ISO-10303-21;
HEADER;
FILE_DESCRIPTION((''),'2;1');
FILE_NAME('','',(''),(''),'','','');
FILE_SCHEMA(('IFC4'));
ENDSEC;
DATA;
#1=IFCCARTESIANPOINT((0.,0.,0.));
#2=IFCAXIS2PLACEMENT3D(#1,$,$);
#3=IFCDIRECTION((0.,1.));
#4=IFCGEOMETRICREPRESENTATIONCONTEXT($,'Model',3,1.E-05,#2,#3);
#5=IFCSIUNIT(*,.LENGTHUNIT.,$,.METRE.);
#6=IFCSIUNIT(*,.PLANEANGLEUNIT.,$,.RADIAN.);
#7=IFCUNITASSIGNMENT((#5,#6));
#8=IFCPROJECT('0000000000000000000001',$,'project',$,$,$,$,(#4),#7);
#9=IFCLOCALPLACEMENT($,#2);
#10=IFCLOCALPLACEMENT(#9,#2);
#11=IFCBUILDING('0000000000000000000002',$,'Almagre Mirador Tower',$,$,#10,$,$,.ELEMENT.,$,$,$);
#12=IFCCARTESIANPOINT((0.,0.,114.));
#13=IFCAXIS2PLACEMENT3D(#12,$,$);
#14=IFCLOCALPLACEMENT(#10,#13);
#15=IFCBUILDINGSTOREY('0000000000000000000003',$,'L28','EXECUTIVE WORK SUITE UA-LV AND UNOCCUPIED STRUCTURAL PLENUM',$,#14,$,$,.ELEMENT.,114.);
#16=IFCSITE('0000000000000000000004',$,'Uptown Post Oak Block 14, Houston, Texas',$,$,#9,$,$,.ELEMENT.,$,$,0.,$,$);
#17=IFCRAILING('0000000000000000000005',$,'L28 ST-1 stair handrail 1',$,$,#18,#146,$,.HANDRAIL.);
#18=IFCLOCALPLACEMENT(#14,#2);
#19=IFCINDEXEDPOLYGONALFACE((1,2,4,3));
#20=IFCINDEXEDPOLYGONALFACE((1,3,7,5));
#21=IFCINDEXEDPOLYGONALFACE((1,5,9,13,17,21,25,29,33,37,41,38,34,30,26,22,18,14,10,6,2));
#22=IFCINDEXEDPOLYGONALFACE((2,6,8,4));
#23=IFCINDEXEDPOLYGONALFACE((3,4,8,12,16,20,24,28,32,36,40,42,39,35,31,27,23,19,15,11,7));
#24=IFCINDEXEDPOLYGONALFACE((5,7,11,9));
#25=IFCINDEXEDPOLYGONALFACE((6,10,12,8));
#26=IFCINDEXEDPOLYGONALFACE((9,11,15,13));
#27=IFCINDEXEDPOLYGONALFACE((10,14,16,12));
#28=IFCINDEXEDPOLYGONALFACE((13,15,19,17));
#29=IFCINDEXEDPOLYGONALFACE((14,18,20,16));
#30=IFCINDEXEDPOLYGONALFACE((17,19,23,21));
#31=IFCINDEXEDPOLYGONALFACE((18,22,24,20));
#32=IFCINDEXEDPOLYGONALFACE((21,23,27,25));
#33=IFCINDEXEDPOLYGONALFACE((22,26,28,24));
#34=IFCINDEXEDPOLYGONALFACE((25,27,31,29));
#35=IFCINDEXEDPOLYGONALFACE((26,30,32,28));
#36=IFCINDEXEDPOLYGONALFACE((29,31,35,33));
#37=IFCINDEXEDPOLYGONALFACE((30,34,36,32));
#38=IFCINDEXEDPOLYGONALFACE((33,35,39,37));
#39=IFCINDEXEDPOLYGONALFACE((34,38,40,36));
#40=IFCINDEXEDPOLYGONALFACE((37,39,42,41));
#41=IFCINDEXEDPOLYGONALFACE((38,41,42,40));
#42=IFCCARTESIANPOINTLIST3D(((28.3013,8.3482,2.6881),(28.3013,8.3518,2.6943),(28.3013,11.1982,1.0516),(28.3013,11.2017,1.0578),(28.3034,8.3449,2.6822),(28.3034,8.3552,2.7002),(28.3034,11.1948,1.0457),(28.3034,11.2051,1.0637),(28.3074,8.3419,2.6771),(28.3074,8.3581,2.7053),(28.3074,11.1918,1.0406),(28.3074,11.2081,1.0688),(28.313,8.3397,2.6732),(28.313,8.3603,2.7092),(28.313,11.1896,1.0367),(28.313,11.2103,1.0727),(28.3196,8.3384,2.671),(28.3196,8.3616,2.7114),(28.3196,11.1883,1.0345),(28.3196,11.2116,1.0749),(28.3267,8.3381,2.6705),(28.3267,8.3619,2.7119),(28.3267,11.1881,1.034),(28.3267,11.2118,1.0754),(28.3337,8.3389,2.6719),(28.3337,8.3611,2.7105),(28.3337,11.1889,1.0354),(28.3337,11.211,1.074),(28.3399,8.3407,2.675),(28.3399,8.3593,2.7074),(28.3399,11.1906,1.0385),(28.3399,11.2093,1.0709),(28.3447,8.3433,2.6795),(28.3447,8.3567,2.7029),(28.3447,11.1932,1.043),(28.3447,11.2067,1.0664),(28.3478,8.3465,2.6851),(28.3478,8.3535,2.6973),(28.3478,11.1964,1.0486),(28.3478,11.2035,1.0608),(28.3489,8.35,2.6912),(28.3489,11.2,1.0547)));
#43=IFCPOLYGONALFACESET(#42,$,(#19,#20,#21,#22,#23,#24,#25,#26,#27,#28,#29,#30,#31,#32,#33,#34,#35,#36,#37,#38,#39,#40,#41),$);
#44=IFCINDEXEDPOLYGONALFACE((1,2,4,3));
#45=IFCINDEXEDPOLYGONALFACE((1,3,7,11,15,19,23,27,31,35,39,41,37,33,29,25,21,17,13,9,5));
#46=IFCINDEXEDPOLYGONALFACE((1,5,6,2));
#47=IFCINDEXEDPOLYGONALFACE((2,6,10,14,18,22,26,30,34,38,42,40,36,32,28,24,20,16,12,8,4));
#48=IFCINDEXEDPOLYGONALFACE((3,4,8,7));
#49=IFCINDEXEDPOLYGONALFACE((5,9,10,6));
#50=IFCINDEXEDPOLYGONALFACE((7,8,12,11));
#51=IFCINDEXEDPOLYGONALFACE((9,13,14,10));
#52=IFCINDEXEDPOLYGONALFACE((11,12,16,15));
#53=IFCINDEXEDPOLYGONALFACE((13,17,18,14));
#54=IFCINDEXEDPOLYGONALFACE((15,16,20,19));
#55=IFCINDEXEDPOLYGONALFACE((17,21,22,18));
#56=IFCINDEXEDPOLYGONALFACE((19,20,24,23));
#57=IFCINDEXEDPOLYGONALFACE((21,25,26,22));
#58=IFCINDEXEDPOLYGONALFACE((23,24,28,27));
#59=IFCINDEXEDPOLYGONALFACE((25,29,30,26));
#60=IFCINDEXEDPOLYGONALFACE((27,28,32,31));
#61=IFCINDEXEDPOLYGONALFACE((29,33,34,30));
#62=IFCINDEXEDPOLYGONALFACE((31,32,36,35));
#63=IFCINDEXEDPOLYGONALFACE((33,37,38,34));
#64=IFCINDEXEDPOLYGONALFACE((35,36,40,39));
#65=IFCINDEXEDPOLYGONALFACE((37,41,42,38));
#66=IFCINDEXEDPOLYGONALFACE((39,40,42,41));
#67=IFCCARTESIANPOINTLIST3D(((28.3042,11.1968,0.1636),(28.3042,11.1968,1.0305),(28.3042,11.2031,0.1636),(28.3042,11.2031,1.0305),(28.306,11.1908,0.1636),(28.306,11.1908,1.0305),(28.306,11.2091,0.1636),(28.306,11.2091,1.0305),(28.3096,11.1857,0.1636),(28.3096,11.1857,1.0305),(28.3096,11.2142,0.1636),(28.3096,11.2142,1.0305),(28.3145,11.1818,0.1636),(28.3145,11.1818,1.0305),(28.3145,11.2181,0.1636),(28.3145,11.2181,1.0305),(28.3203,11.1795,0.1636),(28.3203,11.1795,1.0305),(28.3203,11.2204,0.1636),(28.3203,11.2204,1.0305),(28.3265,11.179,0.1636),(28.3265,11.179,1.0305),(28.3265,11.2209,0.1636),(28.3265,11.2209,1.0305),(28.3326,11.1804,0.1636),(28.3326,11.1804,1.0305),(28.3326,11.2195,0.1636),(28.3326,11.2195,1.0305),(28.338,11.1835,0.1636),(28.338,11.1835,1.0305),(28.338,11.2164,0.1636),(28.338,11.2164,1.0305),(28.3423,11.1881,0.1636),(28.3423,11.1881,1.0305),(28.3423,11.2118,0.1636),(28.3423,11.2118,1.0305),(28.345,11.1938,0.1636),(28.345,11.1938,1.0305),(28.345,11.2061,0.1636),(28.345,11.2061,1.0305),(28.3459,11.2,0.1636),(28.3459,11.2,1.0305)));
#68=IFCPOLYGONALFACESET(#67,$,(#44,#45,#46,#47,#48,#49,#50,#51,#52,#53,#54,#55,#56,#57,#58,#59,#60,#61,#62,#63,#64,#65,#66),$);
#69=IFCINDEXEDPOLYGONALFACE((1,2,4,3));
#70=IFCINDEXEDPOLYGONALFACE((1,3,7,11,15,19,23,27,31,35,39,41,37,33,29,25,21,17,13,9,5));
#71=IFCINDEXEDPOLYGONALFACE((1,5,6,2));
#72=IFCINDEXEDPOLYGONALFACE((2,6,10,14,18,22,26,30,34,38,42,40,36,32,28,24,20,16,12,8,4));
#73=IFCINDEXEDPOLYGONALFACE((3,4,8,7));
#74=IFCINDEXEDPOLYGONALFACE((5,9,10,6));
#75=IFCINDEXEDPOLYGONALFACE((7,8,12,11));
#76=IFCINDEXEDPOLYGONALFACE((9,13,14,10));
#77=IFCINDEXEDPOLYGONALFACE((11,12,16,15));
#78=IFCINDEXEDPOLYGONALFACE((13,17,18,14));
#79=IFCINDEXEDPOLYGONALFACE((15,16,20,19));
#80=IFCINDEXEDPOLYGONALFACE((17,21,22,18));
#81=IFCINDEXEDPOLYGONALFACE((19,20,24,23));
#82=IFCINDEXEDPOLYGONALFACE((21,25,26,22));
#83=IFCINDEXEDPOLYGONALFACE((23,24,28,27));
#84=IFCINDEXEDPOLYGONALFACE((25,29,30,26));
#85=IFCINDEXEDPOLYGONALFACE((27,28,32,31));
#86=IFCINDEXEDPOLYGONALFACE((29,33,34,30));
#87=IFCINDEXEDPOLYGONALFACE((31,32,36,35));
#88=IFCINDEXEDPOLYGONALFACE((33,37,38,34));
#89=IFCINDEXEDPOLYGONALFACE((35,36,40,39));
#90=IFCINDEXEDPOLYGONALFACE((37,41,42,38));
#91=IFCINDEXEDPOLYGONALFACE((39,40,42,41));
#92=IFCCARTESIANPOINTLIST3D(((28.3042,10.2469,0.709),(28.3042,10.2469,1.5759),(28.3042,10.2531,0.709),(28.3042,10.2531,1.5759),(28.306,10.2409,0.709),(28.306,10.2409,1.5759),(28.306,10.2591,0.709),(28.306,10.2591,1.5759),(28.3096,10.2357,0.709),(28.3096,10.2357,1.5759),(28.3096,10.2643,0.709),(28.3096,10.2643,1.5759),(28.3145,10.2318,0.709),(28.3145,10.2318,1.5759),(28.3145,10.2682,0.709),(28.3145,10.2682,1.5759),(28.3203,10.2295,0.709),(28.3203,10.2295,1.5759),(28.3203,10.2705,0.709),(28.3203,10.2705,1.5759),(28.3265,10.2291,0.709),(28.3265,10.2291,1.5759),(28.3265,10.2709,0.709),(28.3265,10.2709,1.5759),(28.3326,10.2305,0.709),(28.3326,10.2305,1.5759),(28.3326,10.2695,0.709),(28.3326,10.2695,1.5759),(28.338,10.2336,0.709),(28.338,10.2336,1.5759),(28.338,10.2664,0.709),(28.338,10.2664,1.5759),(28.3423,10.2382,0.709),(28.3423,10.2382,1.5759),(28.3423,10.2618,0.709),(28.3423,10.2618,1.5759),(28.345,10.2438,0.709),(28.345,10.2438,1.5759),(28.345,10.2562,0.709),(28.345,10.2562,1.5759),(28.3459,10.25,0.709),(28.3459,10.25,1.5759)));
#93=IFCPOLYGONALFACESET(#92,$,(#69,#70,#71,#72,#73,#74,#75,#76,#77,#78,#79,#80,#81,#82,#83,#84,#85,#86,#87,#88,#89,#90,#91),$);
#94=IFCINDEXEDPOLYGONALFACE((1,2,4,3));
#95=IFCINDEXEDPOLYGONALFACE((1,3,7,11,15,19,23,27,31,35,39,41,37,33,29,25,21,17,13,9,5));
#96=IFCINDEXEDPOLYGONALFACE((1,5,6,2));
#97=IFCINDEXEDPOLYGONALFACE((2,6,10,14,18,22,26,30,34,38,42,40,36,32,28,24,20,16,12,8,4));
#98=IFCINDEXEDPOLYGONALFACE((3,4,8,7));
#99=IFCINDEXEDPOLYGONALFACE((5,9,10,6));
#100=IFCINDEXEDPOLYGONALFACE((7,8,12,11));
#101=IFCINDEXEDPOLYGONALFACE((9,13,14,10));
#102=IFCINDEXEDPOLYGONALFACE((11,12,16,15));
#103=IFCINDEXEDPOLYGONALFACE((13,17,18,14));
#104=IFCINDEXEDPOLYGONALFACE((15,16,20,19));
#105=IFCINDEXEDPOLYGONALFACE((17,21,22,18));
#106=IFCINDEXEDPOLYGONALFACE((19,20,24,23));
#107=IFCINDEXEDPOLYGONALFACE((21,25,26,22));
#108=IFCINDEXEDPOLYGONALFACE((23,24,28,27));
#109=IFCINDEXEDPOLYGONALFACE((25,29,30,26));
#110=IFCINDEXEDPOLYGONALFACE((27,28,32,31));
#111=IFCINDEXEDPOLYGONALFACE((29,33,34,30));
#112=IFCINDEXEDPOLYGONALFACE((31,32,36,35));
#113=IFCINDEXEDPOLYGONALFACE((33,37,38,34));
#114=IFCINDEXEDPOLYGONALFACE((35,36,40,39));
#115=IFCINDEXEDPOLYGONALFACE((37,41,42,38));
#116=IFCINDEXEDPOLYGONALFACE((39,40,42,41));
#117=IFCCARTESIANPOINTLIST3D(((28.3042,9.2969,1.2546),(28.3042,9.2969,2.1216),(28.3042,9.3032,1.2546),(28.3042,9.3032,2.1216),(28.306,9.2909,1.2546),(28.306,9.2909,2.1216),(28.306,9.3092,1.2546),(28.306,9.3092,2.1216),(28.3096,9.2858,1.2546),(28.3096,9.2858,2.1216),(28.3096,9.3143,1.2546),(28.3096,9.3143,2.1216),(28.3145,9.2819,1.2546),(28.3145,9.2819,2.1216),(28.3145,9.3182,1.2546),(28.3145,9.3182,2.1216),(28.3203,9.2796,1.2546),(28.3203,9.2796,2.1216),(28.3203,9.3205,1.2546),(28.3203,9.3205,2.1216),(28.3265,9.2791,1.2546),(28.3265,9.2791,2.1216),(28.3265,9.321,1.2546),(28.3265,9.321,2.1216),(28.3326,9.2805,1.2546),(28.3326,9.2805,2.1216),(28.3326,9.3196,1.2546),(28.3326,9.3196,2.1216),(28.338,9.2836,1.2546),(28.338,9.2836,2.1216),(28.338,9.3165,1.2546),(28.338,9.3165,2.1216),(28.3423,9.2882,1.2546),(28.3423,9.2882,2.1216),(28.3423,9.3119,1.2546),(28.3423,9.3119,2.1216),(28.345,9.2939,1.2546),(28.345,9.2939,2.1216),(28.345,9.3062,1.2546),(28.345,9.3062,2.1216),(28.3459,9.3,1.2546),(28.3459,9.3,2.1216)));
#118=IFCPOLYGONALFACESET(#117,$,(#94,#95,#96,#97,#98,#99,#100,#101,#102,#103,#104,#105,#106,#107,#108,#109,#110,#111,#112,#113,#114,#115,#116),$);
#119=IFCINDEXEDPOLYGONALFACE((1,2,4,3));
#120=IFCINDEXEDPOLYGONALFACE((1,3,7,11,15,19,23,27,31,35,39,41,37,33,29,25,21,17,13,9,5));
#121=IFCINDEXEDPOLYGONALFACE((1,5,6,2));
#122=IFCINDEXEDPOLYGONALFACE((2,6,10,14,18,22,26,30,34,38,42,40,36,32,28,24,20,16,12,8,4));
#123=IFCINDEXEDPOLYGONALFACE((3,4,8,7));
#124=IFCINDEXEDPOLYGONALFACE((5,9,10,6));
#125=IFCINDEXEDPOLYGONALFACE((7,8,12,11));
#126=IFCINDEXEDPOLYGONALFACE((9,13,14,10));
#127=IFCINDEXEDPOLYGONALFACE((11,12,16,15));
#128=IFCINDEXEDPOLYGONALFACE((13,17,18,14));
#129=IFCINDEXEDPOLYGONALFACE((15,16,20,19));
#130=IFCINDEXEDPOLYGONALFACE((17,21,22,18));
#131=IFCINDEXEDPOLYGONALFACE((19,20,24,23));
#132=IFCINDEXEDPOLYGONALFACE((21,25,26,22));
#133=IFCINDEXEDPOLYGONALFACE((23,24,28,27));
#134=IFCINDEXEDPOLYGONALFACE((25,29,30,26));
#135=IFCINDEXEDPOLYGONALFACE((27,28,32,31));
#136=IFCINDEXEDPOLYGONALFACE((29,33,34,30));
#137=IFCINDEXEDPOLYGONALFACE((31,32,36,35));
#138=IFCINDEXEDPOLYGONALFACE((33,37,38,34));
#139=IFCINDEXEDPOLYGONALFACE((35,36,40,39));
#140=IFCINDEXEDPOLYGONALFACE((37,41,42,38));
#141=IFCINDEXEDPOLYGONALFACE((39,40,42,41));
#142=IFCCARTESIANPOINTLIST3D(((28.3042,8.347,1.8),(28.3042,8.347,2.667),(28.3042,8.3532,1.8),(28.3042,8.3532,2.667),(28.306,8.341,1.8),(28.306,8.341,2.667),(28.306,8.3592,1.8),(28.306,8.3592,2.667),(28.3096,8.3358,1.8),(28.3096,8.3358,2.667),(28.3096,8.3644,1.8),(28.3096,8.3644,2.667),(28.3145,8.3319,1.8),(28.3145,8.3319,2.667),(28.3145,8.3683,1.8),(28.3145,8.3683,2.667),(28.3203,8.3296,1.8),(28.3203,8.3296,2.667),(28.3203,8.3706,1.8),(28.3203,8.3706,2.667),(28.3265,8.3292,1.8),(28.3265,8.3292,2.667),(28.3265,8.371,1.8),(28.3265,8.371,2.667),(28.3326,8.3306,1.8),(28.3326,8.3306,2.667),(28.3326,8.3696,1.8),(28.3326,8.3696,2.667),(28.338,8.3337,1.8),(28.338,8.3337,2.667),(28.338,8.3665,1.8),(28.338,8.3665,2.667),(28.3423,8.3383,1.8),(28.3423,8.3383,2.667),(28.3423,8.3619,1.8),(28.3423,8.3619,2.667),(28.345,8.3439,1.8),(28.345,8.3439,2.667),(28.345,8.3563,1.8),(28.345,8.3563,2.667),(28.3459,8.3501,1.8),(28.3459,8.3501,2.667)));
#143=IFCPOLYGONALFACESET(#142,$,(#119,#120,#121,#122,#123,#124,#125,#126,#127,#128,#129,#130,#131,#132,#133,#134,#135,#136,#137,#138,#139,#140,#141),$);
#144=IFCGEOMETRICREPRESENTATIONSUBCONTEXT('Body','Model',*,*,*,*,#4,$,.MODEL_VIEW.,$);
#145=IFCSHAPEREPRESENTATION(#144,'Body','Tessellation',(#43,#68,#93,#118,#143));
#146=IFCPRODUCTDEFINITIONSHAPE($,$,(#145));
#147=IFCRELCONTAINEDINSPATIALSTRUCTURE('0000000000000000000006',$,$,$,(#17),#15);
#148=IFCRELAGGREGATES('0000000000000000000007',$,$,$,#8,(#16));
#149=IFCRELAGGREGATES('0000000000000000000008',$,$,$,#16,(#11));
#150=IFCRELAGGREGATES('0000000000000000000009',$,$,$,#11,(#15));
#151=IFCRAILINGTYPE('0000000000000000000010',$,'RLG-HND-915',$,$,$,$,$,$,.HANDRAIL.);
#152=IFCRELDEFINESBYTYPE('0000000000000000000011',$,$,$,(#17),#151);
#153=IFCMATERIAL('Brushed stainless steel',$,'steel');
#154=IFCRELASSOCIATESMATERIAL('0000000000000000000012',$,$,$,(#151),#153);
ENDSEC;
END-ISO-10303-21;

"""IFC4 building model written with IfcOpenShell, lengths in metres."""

from ifc_helpers import new_model, si_unit, direction, frame, origin, origin_2d, place, context, subcontext, project, spatial, circle, extrude, material, type_object, element, save


model = new_model("IFC4")

# Units and contexts
model_context = context("Model", 3, precision=1e-05, world=origin(), true_north=direction((0.0, 1.0)))
body_context = subcontext(model_context, "Body", "Model", "MODEL_VIEW")
ifc_project = project(units=[si_unit("LENGTHUNIT", "METRE"), si_unit("PLANEANGLEUNIT", "RADIAN")], contexts=[model_context])

# Site, building, storey
site_placement = place(None, origin())
site = spatial("IfcSite", under=ifc_project, at=site_placement, Name="Uptown Post Oak Block 14, Houston, Texas", CompositionType="ELEMENT", RefElevation=0.0)
building_placement = place(site_placement, origin())
building = spatial("IfcBuilding", under=site, at=building_placement, Name="Almagre Mirador Tower", CompositionType="ELEMENT")
storey_placement = place(building_placement, frame((0.0, 0.0, 114.0)))
storey = spatial("IfcBuildingStorey", under=building, at=storey_placement, Name="L28", Description="EXECUTIVE WORK SUITE UA-LV AND UNOCCUPIED STRUCTURAL PLENUM", CompositionType="ELEMENT", Elevation=114.0)

# Railing
ifc_material_1 = material(Name="Brushed stainless steel", Category="steel")
railing_type_1 = type_object("IfcRailingType", Name="RLG-HND-915", PredefinedType="HANDRAIL", material=ifc_material_1)
railing_1_placement = place(storey_placement, frame((28.325, 11.2, 0.1636)))
element("IfcRailing", 1, at=railing_1_placement, inside=storey, type_object=railing_type_1, Name="L28 ST-1 stair handrail 1", PredefinedType="HANDRAIL", context=body_context, shape_type="SweptSolid", body=[
    extrude(circle(Radius=0.0239, at=origin_2d()), frame((0.0, 0.0, 0.8911), z_axis=(0.0, -0.867194, 0.49797), x_axis=(1.0, 0.0, 0.0)), (0.0, 0.0, 1.0), 3.2864),
    extrude(circle(Radius=0.021, at=origin_2d()), origin(), (0.0, 0.0, 1.0), 0.8669),
    extrude(circle(Radius=0.021, at=origin_2d()), frame((0.0, -0.95, 0.5454)), (0.0, 0.0, 1.0), 0.8669),
    extrude(circle(Radius=0.021, at=origin_2d()), frame((0.0, -1.8999, 1.0911)), (0.0, 0.0, 1.0), 0.8669),
    extrude(circle(Radius=0.021, at=origin_2d()), frame((0.0, -2.8499, 1.6365)), (0.0, 0.0, 1.0), 0.8669),
])

save(model, "model.ifc")
